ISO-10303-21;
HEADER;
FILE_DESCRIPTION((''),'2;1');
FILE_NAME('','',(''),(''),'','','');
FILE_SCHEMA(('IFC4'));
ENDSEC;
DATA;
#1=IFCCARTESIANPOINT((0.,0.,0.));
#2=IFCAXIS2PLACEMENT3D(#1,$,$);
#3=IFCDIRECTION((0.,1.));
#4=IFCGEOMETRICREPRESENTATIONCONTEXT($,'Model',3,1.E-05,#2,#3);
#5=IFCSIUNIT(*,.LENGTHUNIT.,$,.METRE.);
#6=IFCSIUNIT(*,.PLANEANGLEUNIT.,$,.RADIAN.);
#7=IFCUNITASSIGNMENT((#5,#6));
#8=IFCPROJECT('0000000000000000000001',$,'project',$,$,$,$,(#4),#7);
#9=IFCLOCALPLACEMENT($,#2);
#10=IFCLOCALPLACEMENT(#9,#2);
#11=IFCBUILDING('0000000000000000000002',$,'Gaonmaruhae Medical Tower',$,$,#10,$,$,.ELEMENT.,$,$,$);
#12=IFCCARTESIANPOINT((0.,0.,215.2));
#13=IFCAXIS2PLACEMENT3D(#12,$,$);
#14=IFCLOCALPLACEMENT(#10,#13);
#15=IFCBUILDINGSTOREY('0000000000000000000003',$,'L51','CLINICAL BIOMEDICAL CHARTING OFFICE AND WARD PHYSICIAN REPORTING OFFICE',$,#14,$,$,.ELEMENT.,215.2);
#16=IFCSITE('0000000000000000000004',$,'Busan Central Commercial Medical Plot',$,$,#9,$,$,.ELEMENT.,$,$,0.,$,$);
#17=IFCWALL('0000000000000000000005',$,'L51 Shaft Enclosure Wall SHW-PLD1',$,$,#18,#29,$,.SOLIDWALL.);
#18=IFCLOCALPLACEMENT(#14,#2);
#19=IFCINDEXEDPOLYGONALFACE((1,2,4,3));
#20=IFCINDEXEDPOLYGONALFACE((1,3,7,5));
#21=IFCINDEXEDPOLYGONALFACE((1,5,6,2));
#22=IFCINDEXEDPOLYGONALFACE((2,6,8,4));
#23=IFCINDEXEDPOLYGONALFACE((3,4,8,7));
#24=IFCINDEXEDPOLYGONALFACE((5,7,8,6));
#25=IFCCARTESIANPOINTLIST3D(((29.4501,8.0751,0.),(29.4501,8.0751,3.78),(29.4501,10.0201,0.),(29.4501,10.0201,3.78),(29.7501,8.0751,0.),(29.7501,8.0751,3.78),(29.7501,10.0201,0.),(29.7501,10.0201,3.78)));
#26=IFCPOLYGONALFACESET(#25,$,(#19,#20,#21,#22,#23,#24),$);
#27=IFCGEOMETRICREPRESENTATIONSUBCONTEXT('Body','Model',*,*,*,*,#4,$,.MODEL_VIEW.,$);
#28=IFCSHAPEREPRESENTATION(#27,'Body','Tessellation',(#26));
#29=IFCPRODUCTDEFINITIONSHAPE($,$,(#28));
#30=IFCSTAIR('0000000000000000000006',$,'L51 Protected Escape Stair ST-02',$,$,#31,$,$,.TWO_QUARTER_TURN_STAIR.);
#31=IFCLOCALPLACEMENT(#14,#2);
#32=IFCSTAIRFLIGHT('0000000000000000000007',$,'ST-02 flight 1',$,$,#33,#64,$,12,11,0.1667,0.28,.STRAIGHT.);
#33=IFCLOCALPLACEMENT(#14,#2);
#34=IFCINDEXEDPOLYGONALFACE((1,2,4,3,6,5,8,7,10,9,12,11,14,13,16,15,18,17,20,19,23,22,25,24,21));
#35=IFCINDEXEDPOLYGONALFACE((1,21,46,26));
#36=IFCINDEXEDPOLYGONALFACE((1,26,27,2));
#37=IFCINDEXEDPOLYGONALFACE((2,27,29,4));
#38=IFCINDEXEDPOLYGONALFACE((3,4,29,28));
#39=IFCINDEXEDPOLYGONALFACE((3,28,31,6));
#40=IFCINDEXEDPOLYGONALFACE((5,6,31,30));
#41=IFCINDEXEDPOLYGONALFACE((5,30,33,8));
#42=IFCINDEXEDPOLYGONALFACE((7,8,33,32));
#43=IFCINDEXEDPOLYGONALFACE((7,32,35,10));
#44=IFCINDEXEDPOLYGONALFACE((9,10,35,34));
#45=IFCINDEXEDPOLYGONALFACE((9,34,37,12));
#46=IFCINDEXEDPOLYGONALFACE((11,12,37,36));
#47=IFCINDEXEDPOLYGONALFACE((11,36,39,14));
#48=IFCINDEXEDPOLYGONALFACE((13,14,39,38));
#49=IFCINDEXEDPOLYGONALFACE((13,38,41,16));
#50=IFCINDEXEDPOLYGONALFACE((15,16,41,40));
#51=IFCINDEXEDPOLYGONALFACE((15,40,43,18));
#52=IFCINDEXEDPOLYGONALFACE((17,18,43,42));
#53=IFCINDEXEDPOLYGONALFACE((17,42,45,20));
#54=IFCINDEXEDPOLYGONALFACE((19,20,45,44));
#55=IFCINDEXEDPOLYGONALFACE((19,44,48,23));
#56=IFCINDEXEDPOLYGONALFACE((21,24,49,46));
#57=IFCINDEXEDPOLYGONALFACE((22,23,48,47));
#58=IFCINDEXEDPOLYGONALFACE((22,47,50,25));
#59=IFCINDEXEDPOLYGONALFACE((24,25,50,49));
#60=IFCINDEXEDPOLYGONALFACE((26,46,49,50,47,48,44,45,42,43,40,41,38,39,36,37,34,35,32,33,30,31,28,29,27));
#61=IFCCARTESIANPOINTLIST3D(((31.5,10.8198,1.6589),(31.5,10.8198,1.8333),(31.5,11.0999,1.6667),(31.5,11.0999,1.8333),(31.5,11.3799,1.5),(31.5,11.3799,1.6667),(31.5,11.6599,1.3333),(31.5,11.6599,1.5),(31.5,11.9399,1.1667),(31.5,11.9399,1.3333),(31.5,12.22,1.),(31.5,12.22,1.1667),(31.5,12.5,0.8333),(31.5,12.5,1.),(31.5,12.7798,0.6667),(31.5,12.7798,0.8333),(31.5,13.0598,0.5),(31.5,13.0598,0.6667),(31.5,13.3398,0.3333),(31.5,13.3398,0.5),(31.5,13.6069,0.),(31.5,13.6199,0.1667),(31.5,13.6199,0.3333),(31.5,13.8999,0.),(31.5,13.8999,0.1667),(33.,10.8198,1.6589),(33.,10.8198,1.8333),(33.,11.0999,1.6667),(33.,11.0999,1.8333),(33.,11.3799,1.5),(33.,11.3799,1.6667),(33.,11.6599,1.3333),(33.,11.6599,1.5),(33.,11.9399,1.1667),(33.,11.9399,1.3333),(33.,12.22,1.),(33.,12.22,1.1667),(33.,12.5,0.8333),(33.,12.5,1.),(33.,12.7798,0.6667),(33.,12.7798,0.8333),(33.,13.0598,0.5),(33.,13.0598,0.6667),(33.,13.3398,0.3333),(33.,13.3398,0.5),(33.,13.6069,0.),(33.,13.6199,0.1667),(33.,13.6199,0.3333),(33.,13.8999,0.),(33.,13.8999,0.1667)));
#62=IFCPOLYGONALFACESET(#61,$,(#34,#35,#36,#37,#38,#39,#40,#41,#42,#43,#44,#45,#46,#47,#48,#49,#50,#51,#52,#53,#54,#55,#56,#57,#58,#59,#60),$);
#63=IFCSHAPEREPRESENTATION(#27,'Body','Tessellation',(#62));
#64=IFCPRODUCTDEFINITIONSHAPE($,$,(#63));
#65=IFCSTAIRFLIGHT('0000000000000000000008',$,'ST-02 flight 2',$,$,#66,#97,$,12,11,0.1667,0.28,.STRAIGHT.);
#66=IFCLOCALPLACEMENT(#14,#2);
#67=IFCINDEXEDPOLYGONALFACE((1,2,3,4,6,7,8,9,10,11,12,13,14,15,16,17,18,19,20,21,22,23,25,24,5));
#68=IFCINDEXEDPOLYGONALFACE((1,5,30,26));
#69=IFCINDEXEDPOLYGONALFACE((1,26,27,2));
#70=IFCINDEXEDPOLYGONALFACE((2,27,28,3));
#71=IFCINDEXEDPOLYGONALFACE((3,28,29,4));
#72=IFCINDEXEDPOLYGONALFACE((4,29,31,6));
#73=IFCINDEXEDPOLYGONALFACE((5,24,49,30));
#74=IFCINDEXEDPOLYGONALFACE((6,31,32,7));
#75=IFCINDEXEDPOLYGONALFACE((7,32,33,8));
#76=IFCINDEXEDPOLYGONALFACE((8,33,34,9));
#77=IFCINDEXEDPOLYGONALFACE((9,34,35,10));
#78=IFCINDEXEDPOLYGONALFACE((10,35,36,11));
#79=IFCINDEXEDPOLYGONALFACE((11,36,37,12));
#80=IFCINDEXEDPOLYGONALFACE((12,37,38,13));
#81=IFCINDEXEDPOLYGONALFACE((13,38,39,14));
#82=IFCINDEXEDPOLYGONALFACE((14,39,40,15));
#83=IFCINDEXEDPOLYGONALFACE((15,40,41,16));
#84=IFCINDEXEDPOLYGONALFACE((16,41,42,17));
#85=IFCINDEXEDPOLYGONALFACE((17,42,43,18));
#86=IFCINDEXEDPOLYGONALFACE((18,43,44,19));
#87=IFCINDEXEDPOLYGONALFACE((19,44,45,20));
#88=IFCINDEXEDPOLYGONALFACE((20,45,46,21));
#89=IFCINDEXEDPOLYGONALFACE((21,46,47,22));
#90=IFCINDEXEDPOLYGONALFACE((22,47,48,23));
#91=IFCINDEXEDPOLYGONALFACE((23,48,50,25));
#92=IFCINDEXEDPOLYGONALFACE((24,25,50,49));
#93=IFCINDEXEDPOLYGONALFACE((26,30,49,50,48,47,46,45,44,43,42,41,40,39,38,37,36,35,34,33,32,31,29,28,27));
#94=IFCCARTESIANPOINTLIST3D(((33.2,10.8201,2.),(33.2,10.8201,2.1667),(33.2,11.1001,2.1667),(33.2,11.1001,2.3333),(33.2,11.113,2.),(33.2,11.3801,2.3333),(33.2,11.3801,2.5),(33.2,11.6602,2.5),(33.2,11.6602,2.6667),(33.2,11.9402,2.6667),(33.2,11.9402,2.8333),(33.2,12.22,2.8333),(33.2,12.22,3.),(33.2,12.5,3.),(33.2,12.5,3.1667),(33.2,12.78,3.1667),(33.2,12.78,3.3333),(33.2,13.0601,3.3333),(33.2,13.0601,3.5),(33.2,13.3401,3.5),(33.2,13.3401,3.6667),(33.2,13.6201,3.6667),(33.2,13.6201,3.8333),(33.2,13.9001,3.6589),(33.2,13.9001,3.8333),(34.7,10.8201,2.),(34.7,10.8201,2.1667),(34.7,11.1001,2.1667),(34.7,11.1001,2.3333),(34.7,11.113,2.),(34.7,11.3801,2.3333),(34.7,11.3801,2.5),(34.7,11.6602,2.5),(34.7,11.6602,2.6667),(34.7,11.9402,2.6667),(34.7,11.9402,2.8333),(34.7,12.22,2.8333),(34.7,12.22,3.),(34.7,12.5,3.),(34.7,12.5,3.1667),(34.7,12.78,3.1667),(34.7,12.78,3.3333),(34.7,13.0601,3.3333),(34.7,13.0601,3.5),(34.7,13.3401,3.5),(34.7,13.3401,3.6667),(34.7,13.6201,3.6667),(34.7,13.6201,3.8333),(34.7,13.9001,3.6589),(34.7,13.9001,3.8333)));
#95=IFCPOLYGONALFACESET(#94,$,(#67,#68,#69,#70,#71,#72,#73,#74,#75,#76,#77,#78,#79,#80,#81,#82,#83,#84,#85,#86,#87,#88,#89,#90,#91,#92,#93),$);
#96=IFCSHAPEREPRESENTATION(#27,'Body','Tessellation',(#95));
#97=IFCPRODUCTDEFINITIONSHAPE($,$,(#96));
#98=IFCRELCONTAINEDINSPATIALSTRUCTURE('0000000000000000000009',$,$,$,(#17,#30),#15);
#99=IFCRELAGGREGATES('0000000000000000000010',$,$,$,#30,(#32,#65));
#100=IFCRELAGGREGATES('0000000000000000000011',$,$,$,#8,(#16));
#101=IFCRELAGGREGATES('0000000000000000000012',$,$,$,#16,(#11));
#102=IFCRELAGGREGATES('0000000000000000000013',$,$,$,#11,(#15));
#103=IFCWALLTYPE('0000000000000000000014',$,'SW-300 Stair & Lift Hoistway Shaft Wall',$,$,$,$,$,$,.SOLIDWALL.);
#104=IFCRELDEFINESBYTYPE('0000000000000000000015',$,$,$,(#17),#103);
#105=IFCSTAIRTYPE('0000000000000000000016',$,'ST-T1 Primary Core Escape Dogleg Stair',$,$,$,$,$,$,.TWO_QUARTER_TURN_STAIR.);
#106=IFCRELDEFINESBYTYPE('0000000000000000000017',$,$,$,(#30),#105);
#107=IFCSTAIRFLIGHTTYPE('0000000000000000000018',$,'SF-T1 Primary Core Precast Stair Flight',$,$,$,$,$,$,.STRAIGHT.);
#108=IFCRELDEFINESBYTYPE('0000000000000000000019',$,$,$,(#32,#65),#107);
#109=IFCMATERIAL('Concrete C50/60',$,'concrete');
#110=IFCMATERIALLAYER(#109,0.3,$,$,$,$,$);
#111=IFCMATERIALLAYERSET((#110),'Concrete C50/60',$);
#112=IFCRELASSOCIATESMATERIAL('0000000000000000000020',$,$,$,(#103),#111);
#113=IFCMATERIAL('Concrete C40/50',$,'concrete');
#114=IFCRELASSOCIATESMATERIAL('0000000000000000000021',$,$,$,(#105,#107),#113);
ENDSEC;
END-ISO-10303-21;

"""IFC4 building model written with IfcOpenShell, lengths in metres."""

from ifc_helpers import new_model, si_unit, direction, frame, frame_2d, origin, place, context, subcontext, project, spatial, polyline, rectangle, outline, extrude, material, layer, layer_set, type_object, element, aggregate, save


model = new_model("IFC4")

# Units and contexts
model_context = context("Model", 3, precision=1e-05, world=origin(), true_north=direction((0.0, 1.0)))
body_context = subcontext(model_context, "Body", "Model", "MODEL_VIEW")
ifc_project = project(units=[si_unit("LENGTHUNIT", "METRE"), si_unit("PLANEANGLEUNIT", "RADIAN")], contexts=[model_context])

# Site, building, storey
site_placement = place(None, origin())
site = spatial("IfcSite", under=ifc_project, at=site_placement, Name="Busan Central Commercial Medical Plot", CompositionType="ELEMENT", RefElevation=0.0)
building_placement = place(site_placement, origin())
building = spatial("IfcBuilding", under=site, at=building_placement, Name="Gaonmaruhae Medical Tower", CompositionType="ELEMENT")
storey_placement = place(building_placement, frame((0.0, 0.0, 215.2)))
storey = spatial("IfcBuildingStorey", under=building, at=storey_placement, Name="L51", Description="CLINICAL BIOMEDICAL CHARTING OFFICE AND WARD PHYSICIAN REPORTING OFFICE", CompositionType="ELEMENT", Elevation=215.2)

# Shared definitions
ifc_material_1 = material(Name="Concrete C50/60", Category="concrete")

# Wall
ifc_layer_1 = layer(ifc_material_1, 0.3)
ifc_layer_set_1 = layer_set([ifc_layer_1], Name="Concrete C50/60")
wall_type_1 = type_object("IfcWallType", Name="SW-300 Stair & Lift Hoistway Shaft Wall", PredefinedType="SOLIDWALL", material=ifc_layer_set_1)
wall_1_placement = place(storey_placement, frame((29.6001, 8.075, 0.0), z_axis=(0.0, 0.0, 1.0), x_axis=(0.0, 1.0, 0.0)))
element("IfcWall", 1, at=wall_1_placement, inside=storey, type_object=wall_type_1, Name="L51 Shaft Enclosure Wall SHW-PLD1", PredefinedType="SOLIDWALL", context=body_context, shape_type="SweptSolid", body=[
    extrude(rectangle(XDim=1.9451, YDim=0.3, at=frame_2d((0.9727, 0.0))), origin(), (0.0, 0.0, 1.0), 3.78),
])

# Stair, stair flights
ifc_material_2 = material(Name="Concrete C40/50", Category="concrete")
stair_type = type_object("IfcStairType", Name="ST-T1 Primary Core Escape Dogleg Stair", PredefinedType="TWO_QUARTER_TURN_STAIR", material=ifc_material_2)
stair_placement = place(storey_placement, origin())
stair = element("IfcStair", 2, at=stair_placement, inside=storey, type_object=stair_type, Name="L51 Protected Escape Stair ST-02", PredefinedType="TWO_QUARTER_TURN_STAIR")
stair_flight_type = type_object("IfcStairFlightType", Name="SF-T1 Primary Core Precast Stair Flight", PredefinedType="STRAIGHT", material=ifc_material_2)
stair_flight_1_placement = place(storey_placement, frame((32.25, 13.8999, 0.0), z_axis=(0.0, 0.0, 1.0), x_axis=(0.0, -1.0, 0.0)))
stair_flight_1 = element("IfcStairFlight", 3, at=stair_flight_1_placement, type_object=stair_flight_type, Name="ST-02 flight 1", NumberOfRisers=12, NumberOfTreads=11, PredefinedType="STRAIGHT", RiserHeight=0.1667, TreadLength=0.28, context=body_context, shape_type="SweptSolid", body=[
    extrude(outline(polyline([(0.0, 0.0), (0.0, 0.1667), (0.28, 0.1667), (0.28, 0.3333), (0.5601, 0.3333), (0.5601, 0.5), (0.8401, 0.5), (0.8401, 0.6667), (1.1201, 0.6667), (1.1201, 0.8333), (1.3999, 0.8333), (1.3999, 1.0), (1.6799, 1.0), (1.6799, 1.1667), (1.96, 1.1667), (1.96, 1.3333), (2.24, 1.3333), (2.24, 1.5), (2.52, 1.5), (2.52, 1.6667), (2.8, 1.6667), (2.8, 1.8333), (3.0801, 1.8333), (3.0801, 2.0), (3.0801, 1.6589), (0.293, 0.0), (0.0, 0.0)])), frame((0.0, 0.75, 0.0), z_axis=(0.0, -1.0, 0.0), x_axis=(1.0, 0.0, 0.0)), (0.0, 0.0, 1.0), 1.5),
])
stair_flight_2_placement = place(storey_placement, frame((33.95, 10.8201, 2.0), z_axis=(0.0, 0.0, 1.0), x_axis=(0.0, 1.0, 0.0)))
stair_flight_2 = element("IfcStairFlight", 4, at=stair_flight_2_placement, type_object=stair_flight_type, Name="ST-02 flight 2", NumberOfRisers=12, NumberOfTreads=11, PredefinedType="STRAIGHT", RiserHeight=0.1667, TreadLength=0.28, context=body_context, shape_type="SweptSolid", body=[
    extrude(outline(polyline([(0.0, 0.0), (0.0, 0.1667), (0.28, 0.1667), (0.28, 0.3333), (0.5601, 0.3333), (0.5601, 0.5), (0.8401, 0.5), (0.8401, 0.6667), (1.1201, 0.6667), (1.1201, 0.8333), (1.3999, 0.8333), (1.3999, 1.0), (1.6799, 1.0), (1.6799, 1.1667), (1.96, 1.1667), (1.96, 1.3333), (2.24, 1.3333), (2.24, 1.5), (2.52, 1.5), (2.52, 1.6667), (2.8, 1.6667), (2.8, 1.8333), (3.0801, 1.8333), (3.0801, 2.0), (3.0801, 1.6589), (0.293, 0.0), (0.0, 0.0)])), frame((0.0, 0.75, 0.0), z_axis=(0.0, -1.0, 0.0), x_axis=(1.0, 0.0, 0.0)), (0.0, 0.0, 1.0), 1.5),
])
aggregate(stair, [stair_flight_1, stair_flight_2])

save(model, "model.ifc")
